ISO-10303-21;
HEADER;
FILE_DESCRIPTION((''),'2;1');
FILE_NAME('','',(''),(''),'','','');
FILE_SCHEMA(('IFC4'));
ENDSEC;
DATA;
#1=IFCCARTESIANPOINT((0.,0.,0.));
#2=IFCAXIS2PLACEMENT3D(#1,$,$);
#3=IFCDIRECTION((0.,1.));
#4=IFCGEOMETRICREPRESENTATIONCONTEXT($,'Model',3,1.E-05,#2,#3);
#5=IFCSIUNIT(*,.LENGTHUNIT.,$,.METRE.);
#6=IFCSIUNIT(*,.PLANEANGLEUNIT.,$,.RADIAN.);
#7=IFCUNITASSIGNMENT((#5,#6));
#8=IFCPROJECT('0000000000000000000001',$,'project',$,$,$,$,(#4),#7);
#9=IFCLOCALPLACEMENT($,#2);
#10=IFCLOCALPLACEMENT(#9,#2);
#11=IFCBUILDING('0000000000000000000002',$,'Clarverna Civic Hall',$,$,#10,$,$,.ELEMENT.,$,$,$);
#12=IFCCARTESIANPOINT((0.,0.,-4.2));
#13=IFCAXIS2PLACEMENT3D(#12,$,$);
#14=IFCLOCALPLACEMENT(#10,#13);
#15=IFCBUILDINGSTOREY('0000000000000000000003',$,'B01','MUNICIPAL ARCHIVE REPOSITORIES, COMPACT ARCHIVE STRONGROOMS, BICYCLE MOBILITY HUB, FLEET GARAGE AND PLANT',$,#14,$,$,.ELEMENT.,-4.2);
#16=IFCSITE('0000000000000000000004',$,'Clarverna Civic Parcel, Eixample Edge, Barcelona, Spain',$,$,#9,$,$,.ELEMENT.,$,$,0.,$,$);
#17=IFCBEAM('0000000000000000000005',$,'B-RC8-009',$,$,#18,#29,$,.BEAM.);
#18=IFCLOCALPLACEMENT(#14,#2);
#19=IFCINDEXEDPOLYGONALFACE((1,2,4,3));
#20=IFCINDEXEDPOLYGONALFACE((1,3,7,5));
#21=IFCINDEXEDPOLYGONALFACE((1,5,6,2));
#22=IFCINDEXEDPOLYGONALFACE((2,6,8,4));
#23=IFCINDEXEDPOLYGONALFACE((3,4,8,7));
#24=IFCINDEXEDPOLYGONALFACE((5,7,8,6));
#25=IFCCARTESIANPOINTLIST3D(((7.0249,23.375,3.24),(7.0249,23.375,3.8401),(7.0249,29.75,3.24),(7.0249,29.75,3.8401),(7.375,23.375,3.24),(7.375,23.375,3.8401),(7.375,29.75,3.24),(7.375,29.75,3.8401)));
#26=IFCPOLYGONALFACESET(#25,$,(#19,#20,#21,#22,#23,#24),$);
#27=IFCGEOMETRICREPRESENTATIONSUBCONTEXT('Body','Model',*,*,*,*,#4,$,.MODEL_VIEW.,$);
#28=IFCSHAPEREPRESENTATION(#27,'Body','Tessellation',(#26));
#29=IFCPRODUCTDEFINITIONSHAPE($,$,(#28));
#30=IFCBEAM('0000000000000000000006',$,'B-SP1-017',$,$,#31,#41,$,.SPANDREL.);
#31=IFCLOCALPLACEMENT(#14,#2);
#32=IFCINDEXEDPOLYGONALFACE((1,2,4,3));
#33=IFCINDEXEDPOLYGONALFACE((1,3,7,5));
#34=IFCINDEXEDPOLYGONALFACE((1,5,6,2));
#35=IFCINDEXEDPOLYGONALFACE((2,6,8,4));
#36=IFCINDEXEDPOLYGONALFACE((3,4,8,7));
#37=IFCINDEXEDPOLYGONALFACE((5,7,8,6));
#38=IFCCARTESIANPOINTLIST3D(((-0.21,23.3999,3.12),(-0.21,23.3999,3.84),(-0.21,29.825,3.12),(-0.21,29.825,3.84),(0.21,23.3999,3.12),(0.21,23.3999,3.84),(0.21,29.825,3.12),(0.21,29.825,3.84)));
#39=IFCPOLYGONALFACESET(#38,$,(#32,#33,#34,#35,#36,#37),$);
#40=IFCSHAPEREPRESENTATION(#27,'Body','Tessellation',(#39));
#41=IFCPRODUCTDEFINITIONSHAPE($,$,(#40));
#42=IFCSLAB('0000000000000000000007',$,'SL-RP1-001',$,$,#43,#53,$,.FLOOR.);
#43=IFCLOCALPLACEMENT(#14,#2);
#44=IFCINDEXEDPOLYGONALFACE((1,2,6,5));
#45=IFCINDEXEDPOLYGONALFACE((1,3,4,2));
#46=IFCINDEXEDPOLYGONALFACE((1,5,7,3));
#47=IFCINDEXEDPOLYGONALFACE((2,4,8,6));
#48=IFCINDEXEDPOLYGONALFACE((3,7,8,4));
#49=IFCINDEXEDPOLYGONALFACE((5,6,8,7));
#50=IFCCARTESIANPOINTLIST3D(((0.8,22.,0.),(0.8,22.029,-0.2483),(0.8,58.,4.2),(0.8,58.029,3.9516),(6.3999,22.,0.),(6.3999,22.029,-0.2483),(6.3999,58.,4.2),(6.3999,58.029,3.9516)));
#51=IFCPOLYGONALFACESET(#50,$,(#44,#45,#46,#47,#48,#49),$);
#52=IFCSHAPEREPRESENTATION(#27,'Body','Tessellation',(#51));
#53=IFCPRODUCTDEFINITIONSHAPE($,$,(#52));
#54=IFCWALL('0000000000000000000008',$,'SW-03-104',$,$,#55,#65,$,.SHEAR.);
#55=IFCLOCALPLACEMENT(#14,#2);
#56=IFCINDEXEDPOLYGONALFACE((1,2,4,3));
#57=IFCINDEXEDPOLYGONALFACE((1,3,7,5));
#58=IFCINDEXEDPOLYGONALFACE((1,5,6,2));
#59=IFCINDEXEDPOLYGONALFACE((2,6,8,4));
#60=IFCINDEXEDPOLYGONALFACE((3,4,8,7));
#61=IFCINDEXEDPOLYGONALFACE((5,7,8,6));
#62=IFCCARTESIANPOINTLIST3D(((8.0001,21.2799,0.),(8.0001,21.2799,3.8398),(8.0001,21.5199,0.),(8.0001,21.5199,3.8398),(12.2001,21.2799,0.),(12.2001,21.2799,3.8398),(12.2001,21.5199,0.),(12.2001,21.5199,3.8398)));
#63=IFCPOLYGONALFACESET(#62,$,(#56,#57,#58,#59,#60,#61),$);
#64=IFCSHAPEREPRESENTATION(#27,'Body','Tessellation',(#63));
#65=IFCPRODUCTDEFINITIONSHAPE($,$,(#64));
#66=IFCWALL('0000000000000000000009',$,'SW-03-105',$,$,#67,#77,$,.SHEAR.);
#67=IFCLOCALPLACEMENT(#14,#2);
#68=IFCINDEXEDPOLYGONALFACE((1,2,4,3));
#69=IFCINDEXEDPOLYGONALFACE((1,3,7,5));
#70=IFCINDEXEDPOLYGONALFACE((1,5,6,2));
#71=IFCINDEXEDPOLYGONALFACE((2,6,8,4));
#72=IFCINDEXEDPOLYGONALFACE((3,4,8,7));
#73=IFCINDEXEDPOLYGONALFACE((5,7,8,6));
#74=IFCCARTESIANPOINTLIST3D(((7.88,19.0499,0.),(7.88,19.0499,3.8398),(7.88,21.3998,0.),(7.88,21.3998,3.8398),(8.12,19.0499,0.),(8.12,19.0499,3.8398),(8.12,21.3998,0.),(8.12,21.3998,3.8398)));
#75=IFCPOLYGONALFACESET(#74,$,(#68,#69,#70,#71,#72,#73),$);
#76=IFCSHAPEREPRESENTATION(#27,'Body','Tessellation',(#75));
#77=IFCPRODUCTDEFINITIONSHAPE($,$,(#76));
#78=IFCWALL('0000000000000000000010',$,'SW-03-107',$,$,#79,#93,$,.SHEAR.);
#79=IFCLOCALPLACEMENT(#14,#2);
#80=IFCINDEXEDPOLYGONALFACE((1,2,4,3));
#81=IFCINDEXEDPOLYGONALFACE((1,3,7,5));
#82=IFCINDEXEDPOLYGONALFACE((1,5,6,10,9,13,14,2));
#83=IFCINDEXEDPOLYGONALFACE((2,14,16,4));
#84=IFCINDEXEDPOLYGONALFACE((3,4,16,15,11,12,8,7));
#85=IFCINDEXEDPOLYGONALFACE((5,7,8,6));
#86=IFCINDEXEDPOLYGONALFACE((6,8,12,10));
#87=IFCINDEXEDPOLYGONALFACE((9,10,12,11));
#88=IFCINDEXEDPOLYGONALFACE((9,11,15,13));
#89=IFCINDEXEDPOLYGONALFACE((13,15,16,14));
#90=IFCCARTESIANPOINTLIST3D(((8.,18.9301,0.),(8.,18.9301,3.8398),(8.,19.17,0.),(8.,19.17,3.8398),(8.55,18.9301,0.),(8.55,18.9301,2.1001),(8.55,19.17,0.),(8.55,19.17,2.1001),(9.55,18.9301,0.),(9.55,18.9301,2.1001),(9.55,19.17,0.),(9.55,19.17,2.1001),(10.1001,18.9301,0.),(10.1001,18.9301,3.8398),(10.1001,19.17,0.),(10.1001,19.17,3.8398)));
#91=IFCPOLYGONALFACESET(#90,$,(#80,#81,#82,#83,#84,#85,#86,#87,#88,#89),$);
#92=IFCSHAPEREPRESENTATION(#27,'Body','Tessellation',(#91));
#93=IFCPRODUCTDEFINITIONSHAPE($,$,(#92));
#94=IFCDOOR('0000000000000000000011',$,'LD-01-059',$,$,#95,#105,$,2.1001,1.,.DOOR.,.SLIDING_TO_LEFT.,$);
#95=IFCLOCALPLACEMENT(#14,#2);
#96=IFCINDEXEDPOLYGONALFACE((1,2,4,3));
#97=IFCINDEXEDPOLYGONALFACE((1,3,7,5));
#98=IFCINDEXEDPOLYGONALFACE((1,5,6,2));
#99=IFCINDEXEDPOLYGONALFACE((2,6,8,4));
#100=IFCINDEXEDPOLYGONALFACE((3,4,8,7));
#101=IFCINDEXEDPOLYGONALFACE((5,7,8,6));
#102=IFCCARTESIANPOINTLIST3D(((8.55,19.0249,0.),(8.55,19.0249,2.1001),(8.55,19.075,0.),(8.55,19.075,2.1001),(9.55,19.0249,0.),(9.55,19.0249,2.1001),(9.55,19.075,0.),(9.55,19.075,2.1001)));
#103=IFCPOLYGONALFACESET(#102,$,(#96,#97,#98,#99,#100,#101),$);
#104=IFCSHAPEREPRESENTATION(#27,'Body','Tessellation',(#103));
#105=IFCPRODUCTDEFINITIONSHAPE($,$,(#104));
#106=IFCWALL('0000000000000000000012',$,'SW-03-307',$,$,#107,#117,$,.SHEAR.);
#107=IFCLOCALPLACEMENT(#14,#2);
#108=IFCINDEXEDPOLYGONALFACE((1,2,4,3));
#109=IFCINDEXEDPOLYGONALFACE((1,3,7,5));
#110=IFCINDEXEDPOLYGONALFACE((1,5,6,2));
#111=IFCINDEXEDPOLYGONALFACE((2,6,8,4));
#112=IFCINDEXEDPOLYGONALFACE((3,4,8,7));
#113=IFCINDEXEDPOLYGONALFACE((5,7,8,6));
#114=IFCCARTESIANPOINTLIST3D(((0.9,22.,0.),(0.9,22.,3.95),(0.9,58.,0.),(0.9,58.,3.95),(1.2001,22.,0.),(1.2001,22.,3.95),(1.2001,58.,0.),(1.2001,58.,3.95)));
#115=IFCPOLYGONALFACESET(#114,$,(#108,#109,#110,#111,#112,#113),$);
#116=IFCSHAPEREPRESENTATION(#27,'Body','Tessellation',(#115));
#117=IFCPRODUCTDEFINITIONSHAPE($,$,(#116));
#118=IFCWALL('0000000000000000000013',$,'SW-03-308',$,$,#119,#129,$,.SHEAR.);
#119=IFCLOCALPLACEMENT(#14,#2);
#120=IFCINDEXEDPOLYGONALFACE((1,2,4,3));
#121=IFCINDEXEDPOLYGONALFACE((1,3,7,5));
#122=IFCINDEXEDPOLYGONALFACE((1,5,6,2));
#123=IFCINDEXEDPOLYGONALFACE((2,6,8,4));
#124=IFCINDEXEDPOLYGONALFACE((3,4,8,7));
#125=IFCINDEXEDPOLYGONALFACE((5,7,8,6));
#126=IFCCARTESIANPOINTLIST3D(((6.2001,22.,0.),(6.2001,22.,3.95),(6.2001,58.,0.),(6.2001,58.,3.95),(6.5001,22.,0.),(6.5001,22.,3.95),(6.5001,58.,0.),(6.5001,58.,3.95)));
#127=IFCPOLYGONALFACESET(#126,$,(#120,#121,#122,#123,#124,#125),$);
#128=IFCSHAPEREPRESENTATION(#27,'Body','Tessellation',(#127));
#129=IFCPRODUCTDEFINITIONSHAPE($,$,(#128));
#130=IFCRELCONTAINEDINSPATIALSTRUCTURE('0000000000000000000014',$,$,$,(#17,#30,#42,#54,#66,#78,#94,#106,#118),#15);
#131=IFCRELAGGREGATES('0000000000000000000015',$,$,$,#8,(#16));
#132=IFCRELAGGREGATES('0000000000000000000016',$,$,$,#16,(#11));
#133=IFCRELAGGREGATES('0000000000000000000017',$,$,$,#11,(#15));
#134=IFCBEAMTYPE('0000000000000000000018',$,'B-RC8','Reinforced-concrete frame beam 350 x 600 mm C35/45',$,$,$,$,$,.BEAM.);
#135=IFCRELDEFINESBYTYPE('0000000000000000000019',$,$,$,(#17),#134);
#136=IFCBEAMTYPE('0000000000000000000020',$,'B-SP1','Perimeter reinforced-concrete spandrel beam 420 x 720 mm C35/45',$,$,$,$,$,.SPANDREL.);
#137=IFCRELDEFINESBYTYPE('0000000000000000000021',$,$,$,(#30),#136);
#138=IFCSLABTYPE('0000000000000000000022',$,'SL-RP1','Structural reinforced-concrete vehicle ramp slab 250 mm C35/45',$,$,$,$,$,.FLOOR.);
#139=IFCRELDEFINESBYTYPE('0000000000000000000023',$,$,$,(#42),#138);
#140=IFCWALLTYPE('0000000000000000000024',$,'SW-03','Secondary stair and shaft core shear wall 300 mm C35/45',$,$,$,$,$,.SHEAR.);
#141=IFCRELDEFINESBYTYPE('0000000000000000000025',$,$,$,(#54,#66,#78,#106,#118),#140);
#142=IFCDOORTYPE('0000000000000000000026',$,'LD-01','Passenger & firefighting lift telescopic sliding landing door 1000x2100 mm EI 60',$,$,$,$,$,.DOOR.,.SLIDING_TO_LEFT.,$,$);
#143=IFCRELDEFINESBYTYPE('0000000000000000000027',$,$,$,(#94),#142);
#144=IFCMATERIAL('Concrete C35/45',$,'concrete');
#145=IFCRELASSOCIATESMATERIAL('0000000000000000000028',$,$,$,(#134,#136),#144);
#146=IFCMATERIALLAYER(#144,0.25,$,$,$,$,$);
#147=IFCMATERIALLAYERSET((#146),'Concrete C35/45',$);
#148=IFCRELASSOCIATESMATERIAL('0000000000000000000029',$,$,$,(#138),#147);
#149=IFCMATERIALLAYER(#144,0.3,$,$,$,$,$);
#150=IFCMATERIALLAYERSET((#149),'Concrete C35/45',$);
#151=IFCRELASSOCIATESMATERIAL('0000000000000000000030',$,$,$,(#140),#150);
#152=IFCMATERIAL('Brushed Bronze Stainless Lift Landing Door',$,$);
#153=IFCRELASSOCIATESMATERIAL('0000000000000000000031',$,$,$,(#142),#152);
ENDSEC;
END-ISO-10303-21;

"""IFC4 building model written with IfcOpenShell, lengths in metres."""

from ifc_helpers import new_model, si_unit, direction, frame, frame_2d, origin, origin_2d, place, context, subcontext, project, spatial, polyline, rectangle, outline, extrude, material, layer, layer_set, material_profile, profile_set, type_object, element, fill, save


model = new_model("IFC4")

# Units and contexts
model_context = context("Model", 3, precision=1e-05, world=origin(), true_north=direction((0.0, 1.0)))
body_context = subcontext(model_context, "Body", "Model", "MODEL_VIEW")
ifc_project = project(units=[si_unit("LENGTHUNIT", "METRE"), si_unit("PLANEANGLEUNIT", "RADIAN")], contexts=[model_context])

# Site, building, storey
site_placement = place(None, origin())
site = spatial("IfcSite", under=ifc_project, at=site_placement, Name="Clarverna Civic Parcel, Eixample Edge, Barcelona, Spain", CompositionType="ELEMENT", RefElevation=0.0)
building_placement = place(site_placement, origin())
building = spatial("IfcBuilding", under=site, at=building_placement, Name="Clarverna Civic Hall", CompositionType="ELEMENT")
storey_placement = place(building_placement, frame((0.0, 0.0, -4.2)))
storey = spatial("IfcBuildingStorey", under=building, at=storey_placement, Name="B01", Description="MUNICIPAL ARCHIVE REPOSITORIES, COMPACT ARCHIVE STRONGROOMS, BICYCLE MOBILITY HUB, FLEET GARAGE AND PLANT", CompositionType="ELEMENT", Elevation=-4.2)

# Beams
ifc_material_1 = material(Name="Concrete C35/45", Category="concrete")
ifc_material_profile_1 = material_profile(ifc_material_1, rectangle(XDim=0.3501, YDim=0.6001, at=origin_2d()), Name="RC 350x600")
ifc_profile_set_1 = profile_set([ifc_material_profile_1], Name="Concrete C35/45")
beam_type_1 = type_object("IfcBeamType", Name="B-RC8", Description="Reinforced-concrete frame beam 350 x 600 mm C35/45", PredefinedType="BEAM", material=ifc_profile_set_1)
beam_1_placement = place(storey_placement, frame((7.2, 23.375, 3.54), z_axis=(0.0, 1.0, 0.0), x_axis=(-1.0, 0.0, 0.0)))
element("IfcBeam", 1, at=beam_1_placement, inside=storey, type_object=beam_type_1, Name="B-RC8-009", PredefinedType="BEAM", context=body_context, shape_type="SweptSolid", body=[
    extrude(rectangle(XDim=0.3501, YDim=0.6001, at=origin_2d()), origin(), (0.0, 0.0, 1.0), 6.375),
])
ifc_material_profile_2 = material_profile(ifc_material_1, rectangle(XDim=0.4199, YDim=0.72, at=origin_2d()), Name="RC 420x720")
ifc_profile_set_2 = profile_set([ifc_material_profile_2], Name="Concrete C35/45")
beam_type_2 = type_object("IfcBeamType", Name="B-SP1", Description="Perimeter reinforced-concrete spandrel beam 420 x 720 mm C35/45", PredefinedType="SPANDREL", material=ifc_profile_set_2)
beam_2_placement = place(storey_placement, frame((0.0, 23.3999, 3.48), z_axis=(0.0, 1.0, 0.0), x_axis=(-1.0, 0.0, 0.0)))
element("IfcBeam", 2, at=beam_2_placement, inside=storey, type_object=beam_type_2, Name="B-SP1-017", PredefinedType="SPANDREL", context=body_context, shape_type="SweptSolid", body=[
    extrude(rectangle(XDim=0.4199, YDim=0.72, at=origin_2d()), origin(), (0.0, 0.0, 1.0), 6.425),
])

# Slab
ifc_layer_1 = layer(ifc_material_1, 0.25)
ifc_layer_set_1 = layer_set([ifc_layer_1], Name="Concrete C35/45")
slab_type = type_object("IfcSlabType", Name="SL-RP1", Description="Structural reinforced-concrete vehicle ramp slab 250 mm C35/45", PredefinedType="FLOOR", material=ifc_layer_set_1)
slab_placement = place(storey_placement, frame((0.8, 22.0, 0.0), z_axis=(0.0, -0.115879, 0.993263), x_axis=(1.0, 0.0, 0.0)))
element("IfcSlab", 3, at=slab_placement, inside=storey, type_object=slab_type, Name="SL-RP1-001", PredefinedType="FLOOR", context=body_context, shape_type="SweptSolid", body=[
    extrude(outline(polyline([(0.0, 0.0), (5.5999, 0.0), (5.5999, 36.2442), (0.0, 36.2442), (0.0, 0.0)])), origin(), (0.0, 0.0, -1.0), 0.25),
])

# Walls
ifc_layer_2 = layer(ifc_material_1, 0.3)
ifc_layer_set_2 = layer_set([ifc_layer_2], Name="Concrete C35/45")
wall_type = type_object("IfcWallType", Name="SW-03", Description="Secondary stair and shaft core shear wall 300 mm C35/45", PredefinedType="SHEAR", material=ifc_layer_set_2)
wall_1_placement = place(storey_placement, frame((8.0, 21.3999, 0.0), z_axis=(0.0, 0.0, 1.0), x_axis=(1.0, 0.0, 0.0)))
element("IfcWall", 4, at=wall_1_placement, inside=storey, type_object=wall_type, Name="SW-03-104", PredefinedType="SHEAR", context=body_context, shape_type="SweptSolid", body=[
    extrude(rectangle(XDim=4.2, YDim=0.24, at=frame_2d((2.1001, 0.0))), origin(), (0.0, 0.0, 1.0), 3.8398),
])
wall_2_placement = place(storey_placement, frame((8.0, 19.05, 0.0), z_axis=(0.0, 0.0, 1.0), x_axis=(0.0, 1.0, 0.0)))
element("IfcWall", 5, at=wall_2_placement, inside=storey, type_object=wall_type, Name="SW-03-105", PredefinedType="SHEAR", context=body_context, shape_type="SweptSolid", body=[
    extrude(rectangle(XDim=2.3499, YDim=0.24, at=frame_2d((1.1748, 0.0))), origin(), (0.0, 0.0, 1.0), 3.8398),
])

# Wall, opening, door
wall_3_placement = place(storey_placement, frame((8.0, 19.05, 0.0), z_axis=(0.0, 0.0, 1.0), x_axis=(1.0, 0.0, 0.0)))
wall_3 = element("IfcWall", 6, at=wall_3_placement, inside=storey, type_object=wall_type, Name="SW-03-107", PredefinedType="SHEAR", context=body_context, shape_type="SweptSolid", body=[
    extrude(rectangle(XDim=2.1001, YDim=0.24, at=frame_2d((1.05, 0.0))), origin(), (0.0, 0.0, 1.0), 3.8398),
])
opening_placement = place(wall_3_placement, frame((0.55, 0.0, 0.0)))
opening = element("IfcOpeningElement", 7, at=opening_placement, cuts=wall_3, PredefinedType="OPENING", context=body_context, shape_type="SweptSolid", body=[
    extrude(rectangle(XDim=1.0, YDim=2.1001, at=frame_2d((0.5, 1.05))), frame((0.0, 0.1299, 0.0), z_axis=(0.0, -1.0, 0.0), x_axis=(1.0, 0.0, 0.0)), (0.0, 0.0, 1.0), 0.26),
])
ifc_material_2 = material(Name="Brushed Bronze Stainless Lift Landing Door")
door_type = type_object("IfcDoorType", Name="LD-01", Description="Passenger & firefighting lift telescopic sliding landing door 1000x2100 mm EI 60", OperationType="SLIDING_TO_LEFT", PredefinedType="DOOR", material=ifc_material_2)
door_placement = place(opening_placement, origin())
door = element("IfcDoor", 8, at=door_placement, inside=storey, type_object=door_type, Name="LD-01-059", OperationType="SLIDING_TO_LEFT", OverallHeight=2.1001, OverallWidth=1.0, PredefinedType="DOOR", context=body_context, shape_type="SweptSolid", body=[
    extrude(rectangle(XDim=1.0, YDim=2.1001, at=frame_2d((0.5, 1.05))), frame((0.0, 0.0249, 0.0), z_axis=(0.0, -1.0, 0.0), x_axis=(1.0, 0.0, 0.0)), (0.0, 0.0, 1.0), 0.05),
])
fill(opening, door)

# Walls
for number, where, z_axis, x_axis, name in (
    (9, (1.05, 22.0, 0.0), (0.0, 0.0, 1.0), (0.0, 1.0, 0.0), "SW-03-307"),
    (10, (6.3501, 22.0, 0.0), (0.0, 0.0, 1.0), (0.0, 1.0, 0.0), "SW-03-308"),
):
    element("IfcWall", number, at=place(storey_placement, frame(where, z_axis=z_axis, x_axis=x_axis)), inside=storey, type_object=wall_type, Name=name, PredefinedType="SHEAR", context=body_context, shape_type="SweptSolid", body=[
        extrude(rectangle(XDim=36.0, YDim=0.3, at=frame_2d((18.0, 0.0))), origin(), (0.0, 0.0, 1.0), 3.95),
    ])

save(model, "model.ifc")
